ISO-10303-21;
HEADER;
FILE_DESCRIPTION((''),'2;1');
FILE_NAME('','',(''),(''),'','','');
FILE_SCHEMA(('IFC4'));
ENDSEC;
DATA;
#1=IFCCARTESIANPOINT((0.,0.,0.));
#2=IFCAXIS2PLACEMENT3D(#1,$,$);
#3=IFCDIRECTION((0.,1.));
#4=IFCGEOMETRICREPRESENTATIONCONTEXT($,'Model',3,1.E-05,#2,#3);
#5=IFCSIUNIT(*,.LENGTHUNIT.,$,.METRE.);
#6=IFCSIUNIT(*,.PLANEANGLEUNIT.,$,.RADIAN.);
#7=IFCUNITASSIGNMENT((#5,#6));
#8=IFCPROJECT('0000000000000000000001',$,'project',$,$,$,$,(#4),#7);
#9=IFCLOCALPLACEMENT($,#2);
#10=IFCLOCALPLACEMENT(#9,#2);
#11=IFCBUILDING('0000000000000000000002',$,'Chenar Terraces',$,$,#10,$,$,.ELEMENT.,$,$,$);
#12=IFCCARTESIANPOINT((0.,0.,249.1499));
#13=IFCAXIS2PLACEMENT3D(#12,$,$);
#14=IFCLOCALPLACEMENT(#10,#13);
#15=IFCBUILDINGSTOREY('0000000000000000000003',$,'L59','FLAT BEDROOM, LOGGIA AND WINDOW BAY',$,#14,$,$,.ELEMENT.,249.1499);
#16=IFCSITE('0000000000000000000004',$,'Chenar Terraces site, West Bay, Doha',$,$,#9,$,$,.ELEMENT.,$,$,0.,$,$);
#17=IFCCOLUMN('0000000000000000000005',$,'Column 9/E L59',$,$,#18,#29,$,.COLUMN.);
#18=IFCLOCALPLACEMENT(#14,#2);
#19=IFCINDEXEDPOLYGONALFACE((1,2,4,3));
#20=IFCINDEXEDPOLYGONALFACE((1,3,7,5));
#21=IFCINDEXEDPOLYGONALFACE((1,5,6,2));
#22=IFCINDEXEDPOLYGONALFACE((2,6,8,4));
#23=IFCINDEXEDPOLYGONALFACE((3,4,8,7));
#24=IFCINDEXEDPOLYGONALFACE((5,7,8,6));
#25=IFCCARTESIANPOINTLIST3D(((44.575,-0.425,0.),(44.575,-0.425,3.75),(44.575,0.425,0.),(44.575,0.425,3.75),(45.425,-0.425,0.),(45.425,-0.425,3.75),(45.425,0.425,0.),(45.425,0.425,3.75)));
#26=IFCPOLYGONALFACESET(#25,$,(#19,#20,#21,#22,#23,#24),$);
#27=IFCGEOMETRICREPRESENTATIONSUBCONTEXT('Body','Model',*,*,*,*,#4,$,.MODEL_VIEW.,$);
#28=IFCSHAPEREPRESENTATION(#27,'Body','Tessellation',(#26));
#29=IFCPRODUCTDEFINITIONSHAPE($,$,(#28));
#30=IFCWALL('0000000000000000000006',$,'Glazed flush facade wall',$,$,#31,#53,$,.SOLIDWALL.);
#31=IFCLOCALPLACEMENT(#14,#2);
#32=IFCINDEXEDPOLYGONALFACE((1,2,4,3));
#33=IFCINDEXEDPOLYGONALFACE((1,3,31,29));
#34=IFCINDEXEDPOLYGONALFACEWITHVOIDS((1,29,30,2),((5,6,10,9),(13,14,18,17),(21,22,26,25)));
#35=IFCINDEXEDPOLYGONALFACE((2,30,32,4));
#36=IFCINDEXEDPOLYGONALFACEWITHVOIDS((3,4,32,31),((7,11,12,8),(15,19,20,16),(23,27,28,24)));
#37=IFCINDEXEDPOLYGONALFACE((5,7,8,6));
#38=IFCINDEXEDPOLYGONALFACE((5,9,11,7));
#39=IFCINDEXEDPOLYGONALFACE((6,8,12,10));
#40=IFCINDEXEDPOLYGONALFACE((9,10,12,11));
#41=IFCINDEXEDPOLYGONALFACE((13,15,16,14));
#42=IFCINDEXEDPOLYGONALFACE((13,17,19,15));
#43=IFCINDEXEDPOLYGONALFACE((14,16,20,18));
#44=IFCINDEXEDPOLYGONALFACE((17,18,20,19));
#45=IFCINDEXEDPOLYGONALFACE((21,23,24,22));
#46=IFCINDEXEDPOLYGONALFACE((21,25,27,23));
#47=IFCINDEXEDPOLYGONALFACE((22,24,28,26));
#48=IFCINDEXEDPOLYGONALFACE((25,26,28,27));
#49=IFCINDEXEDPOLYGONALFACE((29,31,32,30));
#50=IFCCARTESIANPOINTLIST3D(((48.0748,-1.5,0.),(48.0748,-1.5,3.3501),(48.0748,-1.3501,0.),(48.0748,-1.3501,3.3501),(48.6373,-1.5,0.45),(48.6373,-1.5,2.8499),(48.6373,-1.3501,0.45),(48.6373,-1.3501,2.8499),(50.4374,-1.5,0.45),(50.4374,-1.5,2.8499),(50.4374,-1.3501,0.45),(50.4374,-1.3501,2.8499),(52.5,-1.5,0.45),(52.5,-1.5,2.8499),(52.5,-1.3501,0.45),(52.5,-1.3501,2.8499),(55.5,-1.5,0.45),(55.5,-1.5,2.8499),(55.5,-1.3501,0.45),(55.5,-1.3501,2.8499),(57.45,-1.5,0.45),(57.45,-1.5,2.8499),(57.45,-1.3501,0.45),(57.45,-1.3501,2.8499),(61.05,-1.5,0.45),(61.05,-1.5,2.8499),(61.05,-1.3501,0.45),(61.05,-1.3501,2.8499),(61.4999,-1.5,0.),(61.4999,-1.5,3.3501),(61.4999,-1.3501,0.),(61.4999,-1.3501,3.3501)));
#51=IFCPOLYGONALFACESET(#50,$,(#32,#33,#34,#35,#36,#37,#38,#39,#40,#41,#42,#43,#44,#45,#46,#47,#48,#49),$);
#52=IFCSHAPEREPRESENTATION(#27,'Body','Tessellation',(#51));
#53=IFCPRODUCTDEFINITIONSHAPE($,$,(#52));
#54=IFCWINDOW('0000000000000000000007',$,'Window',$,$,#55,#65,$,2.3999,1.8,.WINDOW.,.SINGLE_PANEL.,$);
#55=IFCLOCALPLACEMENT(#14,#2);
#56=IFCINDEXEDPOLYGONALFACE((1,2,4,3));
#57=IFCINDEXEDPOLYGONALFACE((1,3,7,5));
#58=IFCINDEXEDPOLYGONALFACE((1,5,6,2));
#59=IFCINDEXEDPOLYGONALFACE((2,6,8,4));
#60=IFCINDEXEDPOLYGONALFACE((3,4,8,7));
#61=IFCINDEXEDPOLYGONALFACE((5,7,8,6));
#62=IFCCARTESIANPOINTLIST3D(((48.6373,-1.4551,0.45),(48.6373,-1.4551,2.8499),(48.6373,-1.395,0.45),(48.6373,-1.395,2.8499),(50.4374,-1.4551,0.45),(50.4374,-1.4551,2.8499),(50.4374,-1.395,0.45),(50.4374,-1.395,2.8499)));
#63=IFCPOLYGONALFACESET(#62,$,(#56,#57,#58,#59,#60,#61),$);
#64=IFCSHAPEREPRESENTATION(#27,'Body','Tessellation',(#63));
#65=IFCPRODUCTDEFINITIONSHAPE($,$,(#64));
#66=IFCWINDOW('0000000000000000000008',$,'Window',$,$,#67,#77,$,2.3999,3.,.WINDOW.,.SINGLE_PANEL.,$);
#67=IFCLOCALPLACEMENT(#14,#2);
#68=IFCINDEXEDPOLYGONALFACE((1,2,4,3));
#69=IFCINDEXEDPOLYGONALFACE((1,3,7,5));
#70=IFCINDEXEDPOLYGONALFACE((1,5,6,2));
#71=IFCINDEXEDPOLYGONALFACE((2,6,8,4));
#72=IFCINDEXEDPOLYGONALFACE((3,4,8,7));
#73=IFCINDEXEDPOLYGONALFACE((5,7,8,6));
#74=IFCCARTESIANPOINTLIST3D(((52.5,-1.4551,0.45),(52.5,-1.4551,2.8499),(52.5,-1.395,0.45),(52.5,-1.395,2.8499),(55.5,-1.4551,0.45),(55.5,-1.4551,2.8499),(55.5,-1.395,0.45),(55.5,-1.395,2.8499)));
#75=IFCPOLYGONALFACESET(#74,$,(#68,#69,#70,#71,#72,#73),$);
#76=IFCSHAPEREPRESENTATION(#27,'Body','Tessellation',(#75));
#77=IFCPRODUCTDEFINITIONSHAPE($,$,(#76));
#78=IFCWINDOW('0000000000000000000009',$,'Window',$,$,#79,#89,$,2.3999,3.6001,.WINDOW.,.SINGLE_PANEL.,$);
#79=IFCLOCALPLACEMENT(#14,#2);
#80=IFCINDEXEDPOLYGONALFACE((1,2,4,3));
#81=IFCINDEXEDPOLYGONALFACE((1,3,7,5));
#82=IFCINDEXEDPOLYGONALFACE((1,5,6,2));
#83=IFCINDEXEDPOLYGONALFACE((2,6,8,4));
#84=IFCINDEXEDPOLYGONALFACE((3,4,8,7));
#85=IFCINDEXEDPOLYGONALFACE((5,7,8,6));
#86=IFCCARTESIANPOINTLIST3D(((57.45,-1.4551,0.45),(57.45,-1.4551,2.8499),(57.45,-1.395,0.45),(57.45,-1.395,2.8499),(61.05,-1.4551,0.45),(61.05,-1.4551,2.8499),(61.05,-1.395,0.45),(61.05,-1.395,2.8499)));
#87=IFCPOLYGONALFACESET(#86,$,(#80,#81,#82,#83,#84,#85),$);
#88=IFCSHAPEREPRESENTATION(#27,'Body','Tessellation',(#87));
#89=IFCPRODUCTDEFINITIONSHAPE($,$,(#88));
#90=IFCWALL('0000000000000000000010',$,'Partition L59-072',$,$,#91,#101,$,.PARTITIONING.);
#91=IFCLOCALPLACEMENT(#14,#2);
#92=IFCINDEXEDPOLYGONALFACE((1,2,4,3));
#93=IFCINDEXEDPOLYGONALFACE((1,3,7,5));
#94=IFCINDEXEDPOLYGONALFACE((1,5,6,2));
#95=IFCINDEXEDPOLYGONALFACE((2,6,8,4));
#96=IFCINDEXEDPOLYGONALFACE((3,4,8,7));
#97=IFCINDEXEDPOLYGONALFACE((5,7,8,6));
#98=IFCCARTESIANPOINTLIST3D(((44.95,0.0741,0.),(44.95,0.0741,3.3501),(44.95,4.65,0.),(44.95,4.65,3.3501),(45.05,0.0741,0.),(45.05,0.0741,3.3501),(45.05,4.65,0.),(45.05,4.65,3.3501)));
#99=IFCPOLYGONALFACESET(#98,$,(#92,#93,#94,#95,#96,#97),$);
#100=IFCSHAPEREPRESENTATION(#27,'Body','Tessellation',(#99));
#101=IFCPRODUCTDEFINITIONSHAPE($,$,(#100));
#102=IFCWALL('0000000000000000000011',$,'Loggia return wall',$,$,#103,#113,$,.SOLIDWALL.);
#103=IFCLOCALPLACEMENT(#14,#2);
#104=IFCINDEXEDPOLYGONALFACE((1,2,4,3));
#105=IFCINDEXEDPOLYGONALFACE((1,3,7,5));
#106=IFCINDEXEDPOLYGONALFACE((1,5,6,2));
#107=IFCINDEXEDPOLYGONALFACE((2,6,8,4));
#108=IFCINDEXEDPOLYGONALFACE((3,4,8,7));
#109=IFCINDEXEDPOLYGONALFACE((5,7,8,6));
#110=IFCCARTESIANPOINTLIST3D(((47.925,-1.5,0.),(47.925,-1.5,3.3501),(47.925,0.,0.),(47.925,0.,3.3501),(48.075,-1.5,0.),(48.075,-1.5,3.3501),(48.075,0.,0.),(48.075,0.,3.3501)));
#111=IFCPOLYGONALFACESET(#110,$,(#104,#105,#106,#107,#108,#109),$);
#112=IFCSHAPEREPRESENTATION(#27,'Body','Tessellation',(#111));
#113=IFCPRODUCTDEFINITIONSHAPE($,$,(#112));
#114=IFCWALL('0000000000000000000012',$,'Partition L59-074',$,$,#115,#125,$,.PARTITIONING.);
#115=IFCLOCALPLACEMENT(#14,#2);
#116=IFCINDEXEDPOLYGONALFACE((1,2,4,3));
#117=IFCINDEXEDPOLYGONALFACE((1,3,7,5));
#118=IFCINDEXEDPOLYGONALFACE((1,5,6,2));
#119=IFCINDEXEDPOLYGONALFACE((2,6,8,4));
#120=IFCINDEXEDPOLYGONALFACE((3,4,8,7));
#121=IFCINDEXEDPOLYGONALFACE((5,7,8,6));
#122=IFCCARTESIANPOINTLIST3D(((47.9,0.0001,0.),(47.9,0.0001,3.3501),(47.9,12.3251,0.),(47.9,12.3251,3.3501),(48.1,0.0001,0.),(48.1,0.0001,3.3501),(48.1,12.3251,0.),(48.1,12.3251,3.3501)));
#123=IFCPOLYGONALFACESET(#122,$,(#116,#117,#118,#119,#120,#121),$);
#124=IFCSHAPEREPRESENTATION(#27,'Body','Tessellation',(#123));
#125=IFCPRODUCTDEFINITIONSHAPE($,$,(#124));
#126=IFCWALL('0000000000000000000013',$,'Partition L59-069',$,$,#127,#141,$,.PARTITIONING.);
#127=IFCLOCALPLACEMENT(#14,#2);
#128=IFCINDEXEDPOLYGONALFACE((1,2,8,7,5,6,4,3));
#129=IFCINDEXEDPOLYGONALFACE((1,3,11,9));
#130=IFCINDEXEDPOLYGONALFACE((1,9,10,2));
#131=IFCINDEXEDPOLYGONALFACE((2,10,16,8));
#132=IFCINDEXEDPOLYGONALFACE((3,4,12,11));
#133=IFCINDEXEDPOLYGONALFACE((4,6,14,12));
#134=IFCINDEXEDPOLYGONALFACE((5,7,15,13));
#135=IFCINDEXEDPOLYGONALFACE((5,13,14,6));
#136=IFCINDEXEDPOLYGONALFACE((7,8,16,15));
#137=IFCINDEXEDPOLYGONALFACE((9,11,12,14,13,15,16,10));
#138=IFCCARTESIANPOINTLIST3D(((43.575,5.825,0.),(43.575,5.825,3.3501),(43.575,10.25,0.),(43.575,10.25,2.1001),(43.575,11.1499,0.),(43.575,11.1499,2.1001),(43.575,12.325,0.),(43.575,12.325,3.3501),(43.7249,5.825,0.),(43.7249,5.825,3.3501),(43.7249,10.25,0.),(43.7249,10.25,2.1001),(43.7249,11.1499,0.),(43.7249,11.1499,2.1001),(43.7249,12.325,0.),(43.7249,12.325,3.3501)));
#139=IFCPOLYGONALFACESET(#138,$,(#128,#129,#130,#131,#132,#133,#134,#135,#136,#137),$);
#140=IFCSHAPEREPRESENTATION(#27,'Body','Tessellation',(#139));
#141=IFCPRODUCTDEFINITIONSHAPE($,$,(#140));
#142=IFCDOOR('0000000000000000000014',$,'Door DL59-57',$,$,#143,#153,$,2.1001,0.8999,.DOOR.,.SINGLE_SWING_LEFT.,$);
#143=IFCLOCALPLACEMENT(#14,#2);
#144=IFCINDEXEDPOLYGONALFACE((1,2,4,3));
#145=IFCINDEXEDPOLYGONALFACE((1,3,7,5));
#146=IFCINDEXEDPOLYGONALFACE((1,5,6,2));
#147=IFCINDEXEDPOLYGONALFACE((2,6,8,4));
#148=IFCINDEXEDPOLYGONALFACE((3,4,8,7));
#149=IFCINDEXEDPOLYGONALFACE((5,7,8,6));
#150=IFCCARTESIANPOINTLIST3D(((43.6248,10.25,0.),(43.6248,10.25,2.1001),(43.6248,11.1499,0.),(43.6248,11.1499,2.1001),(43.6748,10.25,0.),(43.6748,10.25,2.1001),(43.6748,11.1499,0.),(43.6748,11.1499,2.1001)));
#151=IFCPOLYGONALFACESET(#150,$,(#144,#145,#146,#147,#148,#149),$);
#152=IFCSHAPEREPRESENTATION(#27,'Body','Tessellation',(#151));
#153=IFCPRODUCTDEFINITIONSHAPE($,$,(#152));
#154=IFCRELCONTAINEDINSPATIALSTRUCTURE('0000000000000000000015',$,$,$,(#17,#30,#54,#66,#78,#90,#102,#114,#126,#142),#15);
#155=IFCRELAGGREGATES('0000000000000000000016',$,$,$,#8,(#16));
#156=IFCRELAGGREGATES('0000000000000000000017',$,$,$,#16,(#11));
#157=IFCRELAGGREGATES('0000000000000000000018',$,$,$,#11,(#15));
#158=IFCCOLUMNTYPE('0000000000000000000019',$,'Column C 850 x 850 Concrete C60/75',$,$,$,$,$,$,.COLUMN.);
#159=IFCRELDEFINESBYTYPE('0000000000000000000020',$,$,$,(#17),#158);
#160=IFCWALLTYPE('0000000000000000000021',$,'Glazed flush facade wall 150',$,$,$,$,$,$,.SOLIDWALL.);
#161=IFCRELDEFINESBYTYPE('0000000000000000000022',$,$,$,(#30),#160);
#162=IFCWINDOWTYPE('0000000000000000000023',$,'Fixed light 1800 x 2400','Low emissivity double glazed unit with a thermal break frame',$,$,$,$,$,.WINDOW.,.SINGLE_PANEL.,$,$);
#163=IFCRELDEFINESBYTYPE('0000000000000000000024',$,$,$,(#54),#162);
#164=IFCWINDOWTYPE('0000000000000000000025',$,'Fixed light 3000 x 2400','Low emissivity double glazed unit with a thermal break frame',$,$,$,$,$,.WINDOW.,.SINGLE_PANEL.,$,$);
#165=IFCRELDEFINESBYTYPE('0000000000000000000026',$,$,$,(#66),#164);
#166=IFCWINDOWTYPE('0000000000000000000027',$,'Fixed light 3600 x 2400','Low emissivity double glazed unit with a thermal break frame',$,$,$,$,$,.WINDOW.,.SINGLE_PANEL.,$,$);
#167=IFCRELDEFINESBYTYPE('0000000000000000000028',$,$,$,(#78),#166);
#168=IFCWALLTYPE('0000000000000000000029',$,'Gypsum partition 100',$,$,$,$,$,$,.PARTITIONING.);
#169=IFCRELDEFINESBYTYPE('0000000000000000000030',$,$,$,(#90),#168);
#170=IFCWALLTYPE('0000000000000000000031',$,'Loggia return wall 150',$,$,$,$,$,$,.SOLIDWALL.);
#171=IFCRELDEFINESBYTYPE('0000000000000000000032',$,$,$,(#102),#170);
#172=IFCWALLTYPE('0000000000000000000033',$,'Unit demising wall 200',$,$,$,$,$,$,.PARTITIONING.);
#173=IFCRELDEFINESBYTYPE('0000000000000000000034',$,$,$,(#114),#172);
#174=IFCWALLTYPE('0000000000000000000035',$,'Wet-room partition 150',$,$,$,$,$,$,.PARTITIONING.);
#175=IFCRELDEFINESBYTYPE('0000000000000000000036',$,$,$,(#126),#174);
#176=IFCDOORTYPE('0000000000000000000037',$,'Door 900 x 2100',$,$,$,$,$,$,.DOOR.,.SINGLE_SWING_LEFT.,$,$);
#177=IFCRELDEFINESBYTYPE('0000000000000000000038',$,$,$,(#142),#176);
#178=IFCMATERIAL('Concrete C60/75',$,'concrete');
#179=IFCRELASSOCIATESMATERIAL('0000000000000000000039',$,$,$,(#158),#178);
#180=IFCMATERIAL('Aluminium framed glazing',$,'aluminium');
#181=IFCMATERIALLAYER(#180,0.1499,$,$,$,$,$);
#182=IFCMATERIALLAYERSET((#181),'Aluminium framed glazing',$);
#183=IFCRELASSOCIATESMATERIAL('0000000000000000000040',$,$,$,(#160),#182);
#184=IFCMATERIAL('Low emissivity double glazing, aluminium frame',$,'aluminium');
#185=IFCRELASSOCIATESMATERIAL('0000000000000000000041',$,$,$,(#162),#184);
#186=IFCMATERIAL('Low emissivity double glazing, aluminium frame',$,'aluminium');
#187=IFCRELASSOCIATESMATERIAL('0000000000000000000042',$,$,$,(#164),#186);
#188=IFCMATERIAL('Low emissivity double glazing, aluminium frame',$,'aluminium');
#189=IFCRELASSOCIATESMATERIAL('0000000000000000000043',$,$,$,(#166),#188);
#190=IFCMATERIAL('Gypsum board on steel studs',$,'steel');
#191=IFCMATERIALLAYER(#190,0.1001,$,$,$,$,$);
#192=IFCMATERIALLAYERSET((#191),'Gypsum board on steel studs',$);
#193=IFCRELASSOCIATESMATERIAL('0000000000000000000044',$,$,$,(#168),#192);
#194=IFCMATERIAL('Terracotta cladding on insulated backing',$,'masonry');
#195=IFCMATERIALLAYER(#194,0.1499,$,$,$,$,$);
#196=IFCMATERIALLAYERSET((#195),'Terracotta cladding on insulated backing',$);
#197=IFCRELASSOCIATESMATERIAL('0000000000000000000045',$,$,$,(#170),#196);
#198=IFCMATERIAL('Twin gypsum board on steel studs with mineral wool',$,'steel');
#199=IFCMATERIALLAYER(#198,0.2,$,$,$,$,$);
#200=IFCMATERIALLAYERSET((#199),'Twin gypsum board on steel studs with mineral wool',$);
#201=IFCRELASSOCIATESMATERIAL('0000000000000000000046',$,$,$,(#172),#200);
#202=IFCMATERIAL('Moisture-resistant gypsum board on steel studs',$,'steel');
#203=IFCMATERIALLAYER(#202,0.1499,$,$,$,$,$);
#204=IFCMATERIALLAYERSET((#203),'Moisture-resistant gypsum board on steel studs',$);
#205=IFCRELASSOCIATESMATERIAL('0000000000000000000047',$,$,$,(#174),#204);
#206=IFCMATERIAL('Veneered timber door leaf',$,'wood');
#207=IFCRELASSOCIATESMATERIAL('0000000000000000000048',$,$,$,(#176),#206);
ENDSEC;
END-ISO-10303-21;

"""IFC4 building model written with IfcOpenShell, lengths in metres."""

from ifc_helpers import new_model, si_unit, direction, frame, frame_2d, origin, origin_2d, place, context, subcontext, project, spatial, rectangle, extrude, material, layer, layer_set, material_profile, profile_set, type_object, element, fill, save


model = new_model("IFC4")

# Units and contexts
model_context = context("Model", 3, precision=1e-05, world=origin(), true_north=direction((0.0, 1.0)))
body_context = subcontext(model_context, "Body", "Model", "MODEL_VIEW")
ifc_project = project(units=[si_unit("LENGTHUNIT", "METRE"), si_unit("PLANEANGLEUNIT", "RADIAN")], contexts=[model_context])

# Site, building, storey
site_placement = place(None, origin())
site = spatial("IfcSite", under=ifc_project, at=site_placement, Name="Chenar Terraces site, West Bay, Doha", CompositionType="ELEMENT", RefElevation=0.0)
building_placement = place(site_placement, origin())
building = spatial("IfcBuilding", under=site, at=building_placement, Name="Chenar Terraces", CompositionType="ELEMENT")
storey_placement = place(building_placement, frame((0.0, 0.0, 249.1499)))
storey = spatial("IfcBuildingStorey", under=building, at=storey_placement, Name="L59", Description="FLAT BEDROOM, LOGGIA AND WINDOW BAY", CompositionType="ELEMENT", Elevation=249.1499)

# Column
ifc_material_1 = material(Name="Concrete C60/75", Category="concrete")
ifc_material_profile = material_profile(ifc_material_1, rectangle(XDim=0.8501, YDim=0.8501, at=origin_2d()), Name="C 850 x 850")
ifc_profile_set = profile_set([ifc_material_profile], Name="Concrete C60/75")
column_type = type_object("IfcColumnType", Name="Column C 850 x 850 Concrete C60/75", PredefinedType="COLUMN", material=ifc_profile_set)
column_placement = place(storey_placement, frame((45.0, 0.0, 0.0), z_axis=(0.0, 0.0, 1.0), x_axis=(1.0, 0.0, 0.0)))
element("IfcColumn", 1, at=column_placement, inside=storey, type_object=column_type, Name="Column 9/E L59", PredefinedType="COLUMN", context=body_context, shape_type="SweptSolid", body=[
    extrude(rectangle(XDim=0.8501, YDim=0.8501, at=origin_2d()), origin(), (0.0, 0.0, 1.0), 3.75),
])

# Wall, openings, windows
ifc_material_2 = material(Name="Aluminium framed glazing", Category="aluminium")
ifc_layer_1 = layer(ifc_material_2, 0.1499)
ifc_layer_set_1 = layer_set([ifc_layer_1], Name="Aluminium framed glazing")
wall_type_1 = type_object("IfcWallType", Name="Glazed flush facade wall 150", PredefinedType="SOLIDWALL", material=ifc_layer_set_1)
wall_1_placement = place(storey_placement, frame((48.075, -1.425, 0.0), z_axis=(0.0, 0.0, 1.0), x_axis=(1.0, 0.0, 0.0)))
wall_1 = element("IfcWall", 2, at=wall_1_placement, inside=storey, type_object=wall_type_1, Name="Glazed flush facade wall", PredefinedType="SOLIDWALL", context=body_context, shape_type="SweptSolid", body=[
    extrude(rectangle(XDim=13.425, YDim=0.1499, at=frame_2d((6.7124, 0.0))), origin(), (0.0, 0.0, 1.0), 3.3501),
])
opening_1_placement = place(wall_1_placement, frame((0.5625, 0.0, 0.45)))
opening_1 = element("IfcOpeningElement", 3, at=opening_1_placement, cuts=wall_1, PredefinedType="OPENING", context=body_context, shape_type="SweptSolid", body=[
    extrude(rectangle(XDim=1.8, YDim=2.3999, at=frame_2d((0.8999, 1.2))), frame((0.0, 0.085, 0.0), z_axis=(0.0, -1.0, 0.0), x_axis=(1.0, 0.0, 0.0)), (0.0, 0.0, 1.0), 0.1699),
])
opening_2_placement = place(wall_1_placement, frame((4.425, 0.0, 0.45)))
opening_2 = element("IfcOpeningElement", 4, at=opening_2_placement, cuts=wall_1, PredefinedType="OPENING", context=body_context, shape_type="SweptSolid", body=[
    extrude(rectangle(XDim=3.0, YDim=2.3999, at=frame_2d((1.5, 1.2))), frame((0.0, 0.085, 0.0), z_axis=(0.0, -1.0, 0.0), x_axis=(1.0, 0.0, 0.0)), (0.0, 0.0, 1.0), 0.1699),
])
opening_3_placement = place(wall_1_placement, frame((9.375, 0.0, 0.45)))
opening_3 = element("IfcOpeningElement", 5, at=opening_3_placement, cuts=wall_1, PredefinedType="OPENING", context=body_context, shape_type="SweptSolid", body=[
    extrude(rectangle(XDim=3.6001, YDim=2.3999, at=frame_2d((1.8, 1.2))), frame((0.0, 0.085, 0.0), z_axis=(0.0, -1.0, 0.0), x_axis=(1.0, 0.0, 0.0)), (0.0, 0.0, 1.0), 0.1699),
])
ifc_material_3 = material(Name="Low emissivity double glazing, aluminium frame", Category="aluminium")
window_type_1 = type_object("IfcWindowType", Name="Fixed light 1800 x 2400", Description="Low emissivity double glazed unit with a thermal break frame", PartitioningType="SINGLE_PANEL", PredefinedType="WINDOW", material=ifc_material_3)
window_1_placement = place(opening_1_placement, origin())
window_1 = element("IfcWindow", 6, at=window_1_placement, inside=storey, type_object=window_type_1, Name="Window", OverallHeight=2.3999, OverallWidth=1.8, PartitioningType="SINGLE_PANEL", PredefinedType="WINDOW", context=body_context, shape_type="SweptSolid", body=[
    extrude(rectangle(XDim=1.8, YDim=2.3999, at=frame_2d((0.8999, 1.2))), frame((0.0, 0.03, 0.0), z_axis=(0.0, -1.0, 0.0), x_axis=(1.0, 0.0, 0.0)), (0.0, 0.0, 1.0), 0.0601),
])
fill(opening_1, window_1)
ifc_material_4 = material(Name="Low emissivity double glazing, aluminium frame", Category="aluminium")
window_type_2 = type_object("IfcWindowType", Name="Fixed light 3000 x 2400", Description="Low emissivity double glazed unit with a thermal break frame", PartitioningType="SINGLE_PANEL", PredefinedType="WINDOW", material=ifc_material_4)
window_2_placement = place(opening_2_placement, origin())
window_2 = element("IfcWindow", 7, at=window_2_placement, inside=storey, type_object=window_type_2, Name="Window", OverallHeight=2.3999, OverallWidth=3.0, PartitioningType="SINGLE_PANEL", PredefinedType="WINDOW", context=body_context, shape_type="SweptSolid", body=[
    extrude(rectangle(XDim=3.0, YDim=2.3999, at=frame_2d((1.5, 1.2))), frame((0.0, 0.03, 0.0), z_axis=(0.0, -1.0, 0.0), x_axis=(1.0, 0.0, 0.0)), (0.0, 0.0, 1.0), 0.0601),
])
fill(opening_2, window_2)
ifc_material_5 = material(Name="Low emissivity double glazing, aluminium frame", Category="aluminium")
window_type_3 = type_object("IfcWindowType", Name="Fixed light 3600 x 2400", Description="Low emissivity double glazed unit with a thermal break frame", PartitioningType="SINGLE_PANEL", PredefinedType="WINDOW", material=ifc_material_5)
window_3_placement = place(opening_3_placement, origin())
window_3 = element("IfcWindow", 8, at=window_3_placement, inside=storey, type_object=window_type_3, Name="Window", OverallHeight=2.3999, OverallWidth=3.6001, PartitioningType="SINGLE_PANEL", PredefinedType="WINDOW", context=body_context, shape_type="SweptSolid", body=[
    extrude(rectangle(XDim=3.6001, YDim=2.3999, at=frame_2d((1.8, 1.2))), frame((0.0, 0.03, 0.0), z_axis=(0.0, -1.0, 0.0), x_axis=(1.0, 0.0, 0.0)), (0.0, 0.0, 1.0), 0.0601),
])
fill(opening_3, window_3)

# Walls
ifc_material_6 = material(Name="Gypsum board on steel studs", Category="steel")
ifc_layer_2 = layer(ifc_material_6, 0.1001)
ifc_layer_set_2 = layer_set([ifc_layer_2], Name="Gypsum board on steel studs")
wall_type_2 = type_object("IfcWallType", Name="Gypsum partition 100", PredefinedType="PARTITIONING", material=ifc_layer_set_2)
wall_2_placement = place(storey_placement, frame((45.0, 0.074, 0.0), z_axis=(0.0, 0.0, 1.0), x_axis=(0.0, 1.0, 0.0)))
element("IfcWall", 9, at=wall_2_placement, inside=storey, type_object=wall_type_2, Name="Partition L59-072", PredefinedType="PARTITIONING", context=body_context, shape_type="SweptSolid", body=[
    extrude(rectangle(XDim=4.5759, YDim=0.1001, at=frame_2d((2.2881, 0.0))), origin(), (0.0, 0.0, 1.0), 3.3501),
])
ifc_material_7 = material(Name="Terracotta cladding on insulated backing", Category="masonry")
ifc_layer_3 = layer(ifc_material_7, 0.1499)
ifc_layer_set_3 = layer_set([ifc_layer_3], Name="Terracotta cladding on insulated backing")
wall_type_3 = type_object("IfcWallType", Name="Loggia return wall 150", PredefinedType="SOLIDWALL", material=ifc_layer_set_3)
wall_3_placement = place(storey_placement, frame((48.0, -1.5, 0.0), z_axis=(0.0, 0.0, 1.0), x_axis=(0.0, 1.0, 0.0)))
element("IfcWall", 10, at=wall_3_placement, inside=storey, type_object=wall_type_3, Name="Loggia return wall", PredefinedType="SOLIDWALL", context=body_context, shape_type="SweptSolid", body=[
    extrude(rectangle(XDim=1.5, YDim=0.1499, at=frame_2d((0.75, 0.0))), origin(), (0.0, 0.0, 1.0), 3.3501),
])
ifc_material_8 = material(Name="Twin gypsum board on steel studs with mineral wool", Category="steel")
ifc_layer_4 = layer(ifc_material_8, 0.2)
ifc_layer_set_4 = layer_set([ifc_layer_4], Name="Twin gypsum board on steel studs with mineral wool")
wall_type_4 = type_object("IfcWallType", Name="Unit demising wall 200", PredefinedType="PARTITIONING", material=ifc_layer_set_4)
wall_4_placement = place(storey_placement, frame((48.0, 0.0, 0.0), z_axis=(0.0, 0.0, 1.0), x_axis=(0.0, 1.0, 0.0)))
element("IfcWall", 11, at=wall_4_placement, inside=storey, type_object=wall_type_4, Name="Partition L59-074", PredefinedType="PARTITIONING", context=body_context, shape_type="SweptSolid", body=[
    extrude(rectangle(XDim=12.325, YDim=0.2, at=frame_2d((6.1626, 0.0))), origin(), (0.0, 0.0, 1.0), 3.3501),
])

# Wall, opening, door
ifc_material_9 = material(Name="Moisture-resistant gypsum board on steel studs", Category="steel")
ifc_layer_5 = layer(ifc_material_9, 0.1499)
ifc_layer_set_5 = layer_set([ifc_layer_5], Name="Moisture-resistant gypsum board on steel studs")
wall_type_5 = type_object("IfcWallType", Name="Wet-room partition 150", PredefinedType="PARTITIONING", material=ifc_layer_set_5)
wall_5_placement = place(storey_placement, frame((43.6499, 5.825, 0.0), z_axis=(0.0, 0.0, 1.0), x_axis=(0.0, 1.0, 0.0)))
wall_5 = element("IfcWall", 12, at=wall_5_placement, inside=storey, type_object=wall_type_5, Name="Partition L59-069", PredefinedType="PARTITIONING", context=body_context, shape_type="SweptSolid", body=[
    extrude(rectangle(XDim=6.5, YDim=0.1499, at=frame_2d((3.25, 0.0))), origin(), (0.0, 0.0, 1.0), 3.3501),
])
opening_4_placement = place(wall_5_placement, frame((4.425, 0.0, 0.0)))
opening_4 = element("IfcOpeningElement", 13, at=opening_4_placement, cuts=wall_5, PredefinedType="OPENING", context=body_context, shape_type="SweptSolid", body=[
    extrude(rectangle(XDim=0.8999, YDim=2.1001, at=frame_2d((0.45, 1.05))), frame((0.0, 0.085, 0.0), z_axis=(0.0, -1.0, 0.0), x_axis=(1.0, 0.0, 0.0)), (0.0, 0.0, 1.0), 0.1699),
])
ifc_material_10 = material(Name="Veneered timber door leaf", Category="wood")
door_type = type_object("IfcDoorType", Name="Door 900 x 2100", OperationType="SINGLE_SWING_LEFT", PredefinedType="DOOR", material=ifc_material_10)
door_placement = place(opening_4_placement, frame((0.8999, 0.0, 0.0), z_axis=(0.0, 0.0, 1.0), x_axis=(-1.0, 0.0, 0.0)))
door = element("IfcDoor", 14, at=door_placement, inside=storey, type_object=door_type, Name="Door DL59-57", OperationType="SINGLE_SWING_LEFT", OverallHeight=2.1001, OverallWidth=0.8999, PredefinedType="DOOR", context=body_context, shape_type="SweptSolid", body=[
    extrude(rectangle(XDim=0.8999, YDim=2.1001, at=frame_2d((0.45, 1.05))), frame((0.0, 0.0249, 0.0), z_axis=(0.0, -1.0, 0.0), x_axis=(1.0, 0.0, 0.0)), (0.0, 0.0, 1.0), 0.05),
])
fill(opening_4, door)

save(model, "model.ifc")
